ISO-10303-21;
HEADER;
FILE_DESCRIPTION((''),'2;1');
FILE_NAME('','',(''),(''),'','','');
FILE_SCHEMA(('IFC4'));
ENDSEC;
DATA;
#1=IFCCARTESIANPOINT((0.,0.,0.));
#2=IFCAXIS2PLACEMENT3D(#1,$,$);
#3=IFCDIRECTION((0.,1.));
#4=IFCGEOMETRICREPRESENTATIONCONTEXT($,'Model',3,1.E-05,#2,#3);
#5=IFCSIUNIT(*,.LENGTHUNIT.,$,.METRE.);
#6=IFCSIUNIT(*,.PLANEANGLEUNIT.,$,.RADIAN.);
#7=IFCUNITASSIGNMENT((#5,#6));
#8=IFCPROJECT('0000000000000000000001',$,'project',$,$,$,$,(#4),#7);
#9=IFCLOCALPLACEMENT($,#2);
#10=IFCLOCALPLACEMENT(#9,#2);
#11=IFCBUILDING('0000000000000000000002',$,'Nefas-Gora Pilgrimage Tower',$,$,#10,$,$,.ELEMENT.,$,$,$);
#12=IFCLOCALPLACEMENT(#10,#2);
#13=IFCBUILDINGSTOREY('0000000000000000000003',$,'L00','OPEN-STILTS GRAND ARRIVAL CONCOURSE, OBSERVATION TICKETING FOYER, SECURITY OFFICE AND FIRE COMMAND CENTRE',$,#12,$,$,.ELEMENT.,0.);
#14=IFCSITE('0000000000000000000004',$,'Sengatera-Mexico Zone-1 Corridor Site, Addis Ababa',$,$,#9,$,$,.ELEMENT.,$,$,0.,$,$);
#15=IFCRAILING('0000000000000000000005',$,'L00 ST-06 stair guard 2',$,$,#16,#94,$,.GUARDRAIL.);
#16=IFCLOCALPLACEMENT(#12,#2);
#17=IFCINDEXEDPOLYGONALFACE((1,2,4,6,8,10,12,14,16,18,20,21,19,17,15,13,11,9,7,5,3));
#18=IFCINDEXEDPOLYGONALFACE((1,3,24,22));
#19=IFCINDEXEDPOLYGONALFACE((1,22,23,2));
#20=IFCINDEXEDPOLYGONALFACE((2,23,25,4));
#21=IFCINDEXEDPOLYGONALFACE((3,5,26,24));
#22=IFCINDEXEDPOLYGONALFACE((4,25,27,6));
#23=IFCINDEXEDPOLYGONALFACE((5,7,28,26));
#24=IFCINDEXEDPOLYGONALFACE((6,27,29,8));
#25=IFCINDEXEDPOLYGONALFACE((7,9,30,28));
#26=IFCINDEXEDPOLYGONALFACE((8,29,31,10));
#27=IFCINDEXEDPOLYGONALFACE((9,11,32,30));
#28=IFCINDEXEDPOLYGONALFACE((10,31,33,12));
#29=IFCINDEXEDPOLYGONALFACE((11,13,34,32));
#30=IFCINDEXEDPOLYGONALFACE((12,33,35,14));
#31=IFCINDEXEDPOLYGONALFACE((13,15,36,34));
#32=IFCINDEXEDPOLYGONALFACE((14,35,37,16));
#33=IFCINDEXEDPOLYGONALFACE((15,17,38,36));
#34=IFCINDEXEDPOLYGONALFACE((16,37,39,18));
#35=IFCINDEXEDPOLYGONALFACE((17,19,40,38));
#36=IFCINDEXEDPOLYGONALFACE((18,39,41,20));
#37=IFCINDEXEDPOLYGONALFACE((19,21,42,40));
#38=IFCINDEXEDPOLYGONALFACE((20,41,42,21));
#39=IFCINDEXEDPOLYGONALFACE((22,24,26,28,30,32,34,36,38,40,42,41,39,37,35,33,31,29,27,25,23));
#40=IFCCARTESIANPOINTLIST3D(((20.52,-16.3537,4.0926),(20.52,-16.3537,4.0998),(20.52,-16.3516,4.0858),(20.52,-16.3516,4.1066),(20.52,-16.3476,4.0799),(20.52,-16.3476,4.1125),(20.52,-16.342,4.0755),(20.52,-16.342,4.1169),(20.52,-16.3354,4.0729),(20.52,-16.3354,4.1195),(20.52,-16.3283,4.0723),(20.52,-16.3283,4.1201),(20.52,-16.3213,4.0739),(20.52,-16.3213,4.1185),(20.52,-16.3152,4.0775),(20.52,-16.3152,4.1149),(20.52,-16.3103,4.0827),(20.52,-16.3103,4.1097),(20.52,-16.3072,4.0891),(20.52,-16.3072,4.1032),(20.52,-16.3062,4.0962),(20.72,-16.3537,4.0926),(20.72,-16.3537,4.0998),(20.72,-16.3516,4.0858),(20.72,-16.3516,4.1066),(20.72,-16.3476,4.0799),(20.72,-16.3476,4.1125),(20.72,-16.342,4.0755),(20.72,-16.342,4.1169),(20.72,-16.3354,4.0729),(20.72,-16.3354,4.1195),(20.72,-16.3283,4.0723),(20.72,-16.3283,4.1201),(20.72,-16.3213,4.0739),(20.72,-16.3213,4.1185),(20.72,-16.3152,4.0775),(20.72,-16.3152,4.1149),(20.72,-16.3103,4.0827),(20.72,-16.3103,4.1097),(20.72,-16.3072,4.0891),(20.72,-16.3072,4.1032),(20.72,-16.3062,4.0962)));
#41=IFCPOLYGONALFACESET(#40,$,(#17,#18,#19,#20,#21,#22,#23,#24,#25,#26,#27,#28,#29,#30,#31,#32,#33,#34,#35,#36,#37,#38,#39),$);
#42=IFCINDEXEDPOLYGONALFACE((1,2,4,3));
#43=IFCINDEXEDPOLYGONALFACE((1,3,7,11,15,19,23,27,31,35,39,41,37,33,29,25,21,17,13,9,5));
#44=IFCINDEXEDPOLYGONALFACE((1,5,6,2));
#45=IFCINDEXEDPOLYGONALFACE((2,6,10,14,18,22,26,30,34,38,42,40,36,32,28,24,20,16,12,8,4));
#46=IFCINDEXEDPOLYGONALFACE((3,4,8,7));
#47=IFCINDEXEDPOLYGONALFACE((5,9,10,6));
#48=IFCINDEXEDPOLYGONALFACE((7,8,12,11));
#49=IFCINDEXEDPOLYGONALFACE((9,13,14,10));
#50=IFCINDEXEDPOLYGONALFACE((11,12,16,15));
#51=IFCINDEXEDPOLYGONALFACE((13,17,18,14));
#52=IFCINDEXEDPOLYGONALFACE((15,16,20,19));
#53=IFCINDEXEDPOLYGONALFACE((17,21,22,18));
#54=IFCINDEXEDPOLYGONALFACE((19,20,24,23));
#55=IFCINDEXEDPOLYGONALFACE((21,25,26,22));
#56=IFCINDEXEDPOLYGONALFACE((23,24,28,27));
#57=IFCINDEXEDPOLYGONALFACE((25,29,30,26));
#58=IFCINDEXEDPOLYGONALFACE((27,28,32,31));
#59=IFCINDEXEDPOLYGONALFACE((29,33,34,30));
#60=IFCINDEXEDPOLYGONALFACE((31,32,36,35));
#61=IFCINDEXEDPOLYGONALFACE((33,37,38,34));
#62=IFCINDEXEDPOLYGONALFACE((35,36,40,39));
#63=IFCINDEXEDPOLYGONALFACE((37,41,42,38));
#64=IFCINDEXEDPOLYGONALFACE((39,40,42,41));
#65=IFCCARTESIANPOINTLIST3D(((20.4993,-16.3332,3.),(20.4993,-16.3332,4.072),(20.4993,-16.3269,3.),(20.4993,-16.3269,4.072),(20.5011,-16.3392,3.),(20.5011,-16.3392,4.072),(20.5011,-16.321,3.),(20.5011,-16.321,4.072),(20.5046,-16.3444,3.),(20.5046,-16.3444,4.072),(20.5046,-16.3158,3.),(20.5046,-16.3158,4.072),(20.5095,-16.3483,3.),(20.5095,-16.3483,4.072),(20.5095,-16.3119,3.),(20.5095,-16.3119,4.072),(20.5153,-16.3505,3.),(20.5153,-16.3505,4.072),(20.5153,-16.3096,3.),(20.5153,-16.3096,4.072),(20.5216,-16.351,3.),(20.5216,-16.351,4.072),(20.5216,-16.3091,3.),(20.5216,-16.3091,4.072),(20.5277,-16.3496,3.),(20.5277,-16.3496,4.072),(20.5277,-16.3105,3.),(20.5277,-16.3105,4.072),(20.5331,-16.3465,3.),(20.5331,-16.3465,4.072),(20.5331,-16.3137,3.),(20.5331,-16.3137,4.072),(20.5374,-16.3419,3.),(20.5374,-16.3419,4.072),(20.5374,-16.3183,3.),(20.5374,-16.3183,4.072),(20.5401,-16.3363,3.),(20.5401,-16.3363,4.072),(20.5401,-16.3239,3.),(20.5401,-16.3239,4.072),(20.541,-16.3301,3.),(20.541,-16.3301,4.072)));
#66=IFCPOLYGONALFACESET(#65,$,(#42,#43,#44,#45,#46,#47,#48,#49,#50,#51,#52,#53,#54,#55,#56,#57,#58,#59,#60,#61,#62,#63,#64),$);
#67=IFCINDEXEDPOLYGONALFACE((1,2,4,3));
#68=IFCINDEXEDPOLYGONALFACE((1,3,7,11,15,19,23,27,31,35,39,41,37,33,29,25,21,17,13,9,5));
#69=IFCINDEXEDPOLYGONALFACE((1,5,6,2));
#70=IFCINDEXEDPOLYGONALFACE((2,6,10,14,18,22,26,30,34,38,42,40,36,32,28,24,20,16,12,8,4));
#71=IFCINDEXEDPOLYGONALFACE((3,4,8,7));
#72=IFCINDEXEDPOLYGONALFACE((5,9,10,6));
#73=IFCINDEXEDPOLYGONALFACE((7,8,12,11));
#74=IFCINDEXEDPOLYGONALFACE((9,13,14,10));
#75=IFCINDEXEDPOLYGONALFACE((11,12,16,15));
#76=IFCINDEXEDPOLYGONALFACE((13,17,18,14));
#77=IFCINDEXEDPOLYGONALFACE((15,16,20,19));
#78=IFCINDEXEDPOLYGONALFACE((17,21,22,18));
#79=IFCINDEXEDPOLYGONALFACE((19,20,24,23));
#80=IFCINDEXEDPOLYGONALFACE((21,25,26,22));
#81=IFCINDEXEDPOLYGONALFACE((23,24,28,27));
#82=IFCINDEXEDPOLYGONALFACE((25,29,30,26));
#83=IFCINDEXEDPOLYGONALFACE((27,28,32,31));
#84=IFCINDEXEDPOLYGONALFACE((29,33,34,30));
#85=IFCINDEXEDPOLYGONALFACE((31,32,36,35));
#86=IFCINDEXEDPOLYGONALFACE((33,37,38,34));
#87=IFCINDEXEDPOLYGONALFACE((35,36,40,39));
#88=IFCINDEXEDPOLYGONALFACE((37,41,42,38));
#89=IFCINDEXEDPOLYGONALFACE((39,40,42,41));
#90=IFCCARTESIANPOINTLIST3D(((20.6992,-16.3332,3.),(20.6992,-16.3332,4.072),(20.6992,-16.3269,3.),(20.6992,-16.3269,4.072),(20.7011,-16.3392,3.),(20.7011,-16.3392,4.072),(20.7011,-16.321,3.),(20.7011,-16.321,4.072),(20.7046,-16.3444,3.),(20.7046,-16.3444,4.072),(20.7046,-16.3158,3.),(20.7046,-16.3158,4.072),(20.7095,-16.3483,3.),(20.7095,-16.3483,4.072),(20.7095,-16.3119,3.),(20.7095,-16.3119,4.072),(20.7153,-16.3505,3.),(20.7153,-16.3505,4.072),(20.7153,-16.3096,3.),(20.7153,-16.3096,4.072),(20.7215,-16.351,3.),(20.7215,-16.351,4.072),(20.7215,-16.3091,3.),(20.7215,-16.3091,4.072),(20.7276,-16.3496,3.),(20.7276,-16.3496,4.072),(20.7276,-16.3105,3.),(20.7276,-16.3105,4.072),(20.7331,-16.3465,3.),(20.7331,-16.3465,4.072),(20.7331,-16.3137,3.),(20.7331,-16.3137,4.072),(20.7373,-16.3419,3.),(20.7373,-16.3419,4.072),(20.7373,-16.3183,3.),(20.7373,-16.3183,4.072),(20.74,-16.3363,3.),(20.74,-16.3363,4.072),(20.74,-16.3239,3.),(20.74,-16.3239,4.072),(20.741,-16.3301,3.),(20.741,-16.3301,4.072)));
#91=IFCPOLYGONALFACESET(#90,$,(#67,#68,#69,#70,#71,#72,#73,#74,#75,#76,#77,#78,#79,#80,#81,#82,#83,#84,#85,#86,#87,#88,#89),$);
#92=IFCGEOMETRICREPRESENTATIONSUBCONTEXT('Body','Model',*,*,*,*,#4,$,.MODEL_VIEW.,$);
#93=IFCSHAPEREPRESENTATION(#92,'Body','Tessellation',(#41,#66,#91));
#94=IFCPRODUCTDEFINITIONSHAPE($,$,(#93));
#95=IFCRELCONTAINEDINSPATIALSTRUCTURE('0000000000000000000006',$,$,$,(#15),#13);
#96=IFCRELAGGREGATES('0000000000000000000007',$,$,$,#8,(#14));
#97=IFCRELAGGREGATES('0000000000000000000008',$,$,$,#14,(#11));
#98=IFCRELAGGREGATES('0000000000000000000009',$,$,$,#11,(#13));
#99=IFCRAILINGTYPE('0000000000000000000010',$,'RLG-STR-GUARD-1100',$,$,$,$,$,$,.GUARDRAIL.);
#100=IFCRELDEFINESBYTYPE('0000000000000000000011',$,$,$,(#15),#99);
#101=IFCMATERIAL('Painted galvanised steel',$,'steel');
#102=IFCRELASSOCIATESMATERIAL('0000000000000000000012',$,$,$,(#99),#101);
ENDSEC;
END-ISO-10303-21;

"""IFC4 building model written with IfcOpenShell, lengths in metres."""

from ifc_helpers import new_model, si_unit, direction, frame, origin, origin_2d, place, context, subcontext, project, spatial, circle, extrude, material, type_object, element, save


model = new_model("IFC4")

# Units and contexts
model_context = context("Model", 3, precision=1e-05, world=origin(), true_north=direction((0.0, 1.0)))
body_context = subcontext(model_context, "Body", "Model", "MODEL_VIEW")
ifc_project = project(units=[si_unit("LENGTHUNIT", "METRE"), si_unit("PLANEANGLEUNIT", "RADIAN")], contexts=[model_context])

# Site, building, storey
site_placement = place(None, origin())
site = spatial("IfcSite", under=ifc_project, at=site_placement, Name="Sengatera-Mexico Zone-1 Corridor Site, Addis Ababa", CompositionType="ELEMENT", RefElevation=0.0)
building_placement = place(site_placement, origin())
building = spatial("IfcBuilding", under=site, at=building_placement, Name="Nefas-Gora Pilgrimage Tower", CompositionType="ELEMENT")
storey_placement = place(building_placement, origin())
storey = spatial("IfcBuildingStorey", under=building, at=storey_placement, Name="L00", Description="OPEN-STILTS GRAND ARRIVAL CONCOURSE, OBSERVATION TICKETING FOYER, SECURITY OFFICE AND FIRE COMMAND CENTRE", CompositionType="ELEMENT", Elevation=0.0)

# Railing
ifc_material_1 = material(Name="Painted galvanised steel", Category="steel")
railing_type_1 = type_object("IfcRailingType", Name="RLG-STR-GUARD-1100", PredefinedType="GUARDRAIL", material=ifc_material_1)
railing_1_placement = place(storey_placement, frame((20.52, -16.3301, 3.0)))
element("IfcRailing", 1, at=railing_1_placement, inside=storey, type_object=railing_type_1, Name="L00 ST-06 stair guard 2", PredefinedType="GUARDRAIL", context=body_context, shape_type="SweptSolid", body=[
    extrude(circle(Radius=0.0239, at=origin_2d()), frame((0.0, 0.0, 1.0962), z_axis=(1.0, 0.0, 0.0), x_axis=(0.0, 1.0, 0.0)), (0.0, 0.0, 1.0), 0.2),
    extrude(circle(Radius=0.021, at=origin_2d()), origin(), (0.0, 0.0, 1.0), 1.072),
    extrude(circle(Radius=0.021, at=origin_2d()), frame((0.2, 0.0, 0.0)), (0.0, 0.0, 1.0), 1.072),
])

save(model, "model.ifc")
